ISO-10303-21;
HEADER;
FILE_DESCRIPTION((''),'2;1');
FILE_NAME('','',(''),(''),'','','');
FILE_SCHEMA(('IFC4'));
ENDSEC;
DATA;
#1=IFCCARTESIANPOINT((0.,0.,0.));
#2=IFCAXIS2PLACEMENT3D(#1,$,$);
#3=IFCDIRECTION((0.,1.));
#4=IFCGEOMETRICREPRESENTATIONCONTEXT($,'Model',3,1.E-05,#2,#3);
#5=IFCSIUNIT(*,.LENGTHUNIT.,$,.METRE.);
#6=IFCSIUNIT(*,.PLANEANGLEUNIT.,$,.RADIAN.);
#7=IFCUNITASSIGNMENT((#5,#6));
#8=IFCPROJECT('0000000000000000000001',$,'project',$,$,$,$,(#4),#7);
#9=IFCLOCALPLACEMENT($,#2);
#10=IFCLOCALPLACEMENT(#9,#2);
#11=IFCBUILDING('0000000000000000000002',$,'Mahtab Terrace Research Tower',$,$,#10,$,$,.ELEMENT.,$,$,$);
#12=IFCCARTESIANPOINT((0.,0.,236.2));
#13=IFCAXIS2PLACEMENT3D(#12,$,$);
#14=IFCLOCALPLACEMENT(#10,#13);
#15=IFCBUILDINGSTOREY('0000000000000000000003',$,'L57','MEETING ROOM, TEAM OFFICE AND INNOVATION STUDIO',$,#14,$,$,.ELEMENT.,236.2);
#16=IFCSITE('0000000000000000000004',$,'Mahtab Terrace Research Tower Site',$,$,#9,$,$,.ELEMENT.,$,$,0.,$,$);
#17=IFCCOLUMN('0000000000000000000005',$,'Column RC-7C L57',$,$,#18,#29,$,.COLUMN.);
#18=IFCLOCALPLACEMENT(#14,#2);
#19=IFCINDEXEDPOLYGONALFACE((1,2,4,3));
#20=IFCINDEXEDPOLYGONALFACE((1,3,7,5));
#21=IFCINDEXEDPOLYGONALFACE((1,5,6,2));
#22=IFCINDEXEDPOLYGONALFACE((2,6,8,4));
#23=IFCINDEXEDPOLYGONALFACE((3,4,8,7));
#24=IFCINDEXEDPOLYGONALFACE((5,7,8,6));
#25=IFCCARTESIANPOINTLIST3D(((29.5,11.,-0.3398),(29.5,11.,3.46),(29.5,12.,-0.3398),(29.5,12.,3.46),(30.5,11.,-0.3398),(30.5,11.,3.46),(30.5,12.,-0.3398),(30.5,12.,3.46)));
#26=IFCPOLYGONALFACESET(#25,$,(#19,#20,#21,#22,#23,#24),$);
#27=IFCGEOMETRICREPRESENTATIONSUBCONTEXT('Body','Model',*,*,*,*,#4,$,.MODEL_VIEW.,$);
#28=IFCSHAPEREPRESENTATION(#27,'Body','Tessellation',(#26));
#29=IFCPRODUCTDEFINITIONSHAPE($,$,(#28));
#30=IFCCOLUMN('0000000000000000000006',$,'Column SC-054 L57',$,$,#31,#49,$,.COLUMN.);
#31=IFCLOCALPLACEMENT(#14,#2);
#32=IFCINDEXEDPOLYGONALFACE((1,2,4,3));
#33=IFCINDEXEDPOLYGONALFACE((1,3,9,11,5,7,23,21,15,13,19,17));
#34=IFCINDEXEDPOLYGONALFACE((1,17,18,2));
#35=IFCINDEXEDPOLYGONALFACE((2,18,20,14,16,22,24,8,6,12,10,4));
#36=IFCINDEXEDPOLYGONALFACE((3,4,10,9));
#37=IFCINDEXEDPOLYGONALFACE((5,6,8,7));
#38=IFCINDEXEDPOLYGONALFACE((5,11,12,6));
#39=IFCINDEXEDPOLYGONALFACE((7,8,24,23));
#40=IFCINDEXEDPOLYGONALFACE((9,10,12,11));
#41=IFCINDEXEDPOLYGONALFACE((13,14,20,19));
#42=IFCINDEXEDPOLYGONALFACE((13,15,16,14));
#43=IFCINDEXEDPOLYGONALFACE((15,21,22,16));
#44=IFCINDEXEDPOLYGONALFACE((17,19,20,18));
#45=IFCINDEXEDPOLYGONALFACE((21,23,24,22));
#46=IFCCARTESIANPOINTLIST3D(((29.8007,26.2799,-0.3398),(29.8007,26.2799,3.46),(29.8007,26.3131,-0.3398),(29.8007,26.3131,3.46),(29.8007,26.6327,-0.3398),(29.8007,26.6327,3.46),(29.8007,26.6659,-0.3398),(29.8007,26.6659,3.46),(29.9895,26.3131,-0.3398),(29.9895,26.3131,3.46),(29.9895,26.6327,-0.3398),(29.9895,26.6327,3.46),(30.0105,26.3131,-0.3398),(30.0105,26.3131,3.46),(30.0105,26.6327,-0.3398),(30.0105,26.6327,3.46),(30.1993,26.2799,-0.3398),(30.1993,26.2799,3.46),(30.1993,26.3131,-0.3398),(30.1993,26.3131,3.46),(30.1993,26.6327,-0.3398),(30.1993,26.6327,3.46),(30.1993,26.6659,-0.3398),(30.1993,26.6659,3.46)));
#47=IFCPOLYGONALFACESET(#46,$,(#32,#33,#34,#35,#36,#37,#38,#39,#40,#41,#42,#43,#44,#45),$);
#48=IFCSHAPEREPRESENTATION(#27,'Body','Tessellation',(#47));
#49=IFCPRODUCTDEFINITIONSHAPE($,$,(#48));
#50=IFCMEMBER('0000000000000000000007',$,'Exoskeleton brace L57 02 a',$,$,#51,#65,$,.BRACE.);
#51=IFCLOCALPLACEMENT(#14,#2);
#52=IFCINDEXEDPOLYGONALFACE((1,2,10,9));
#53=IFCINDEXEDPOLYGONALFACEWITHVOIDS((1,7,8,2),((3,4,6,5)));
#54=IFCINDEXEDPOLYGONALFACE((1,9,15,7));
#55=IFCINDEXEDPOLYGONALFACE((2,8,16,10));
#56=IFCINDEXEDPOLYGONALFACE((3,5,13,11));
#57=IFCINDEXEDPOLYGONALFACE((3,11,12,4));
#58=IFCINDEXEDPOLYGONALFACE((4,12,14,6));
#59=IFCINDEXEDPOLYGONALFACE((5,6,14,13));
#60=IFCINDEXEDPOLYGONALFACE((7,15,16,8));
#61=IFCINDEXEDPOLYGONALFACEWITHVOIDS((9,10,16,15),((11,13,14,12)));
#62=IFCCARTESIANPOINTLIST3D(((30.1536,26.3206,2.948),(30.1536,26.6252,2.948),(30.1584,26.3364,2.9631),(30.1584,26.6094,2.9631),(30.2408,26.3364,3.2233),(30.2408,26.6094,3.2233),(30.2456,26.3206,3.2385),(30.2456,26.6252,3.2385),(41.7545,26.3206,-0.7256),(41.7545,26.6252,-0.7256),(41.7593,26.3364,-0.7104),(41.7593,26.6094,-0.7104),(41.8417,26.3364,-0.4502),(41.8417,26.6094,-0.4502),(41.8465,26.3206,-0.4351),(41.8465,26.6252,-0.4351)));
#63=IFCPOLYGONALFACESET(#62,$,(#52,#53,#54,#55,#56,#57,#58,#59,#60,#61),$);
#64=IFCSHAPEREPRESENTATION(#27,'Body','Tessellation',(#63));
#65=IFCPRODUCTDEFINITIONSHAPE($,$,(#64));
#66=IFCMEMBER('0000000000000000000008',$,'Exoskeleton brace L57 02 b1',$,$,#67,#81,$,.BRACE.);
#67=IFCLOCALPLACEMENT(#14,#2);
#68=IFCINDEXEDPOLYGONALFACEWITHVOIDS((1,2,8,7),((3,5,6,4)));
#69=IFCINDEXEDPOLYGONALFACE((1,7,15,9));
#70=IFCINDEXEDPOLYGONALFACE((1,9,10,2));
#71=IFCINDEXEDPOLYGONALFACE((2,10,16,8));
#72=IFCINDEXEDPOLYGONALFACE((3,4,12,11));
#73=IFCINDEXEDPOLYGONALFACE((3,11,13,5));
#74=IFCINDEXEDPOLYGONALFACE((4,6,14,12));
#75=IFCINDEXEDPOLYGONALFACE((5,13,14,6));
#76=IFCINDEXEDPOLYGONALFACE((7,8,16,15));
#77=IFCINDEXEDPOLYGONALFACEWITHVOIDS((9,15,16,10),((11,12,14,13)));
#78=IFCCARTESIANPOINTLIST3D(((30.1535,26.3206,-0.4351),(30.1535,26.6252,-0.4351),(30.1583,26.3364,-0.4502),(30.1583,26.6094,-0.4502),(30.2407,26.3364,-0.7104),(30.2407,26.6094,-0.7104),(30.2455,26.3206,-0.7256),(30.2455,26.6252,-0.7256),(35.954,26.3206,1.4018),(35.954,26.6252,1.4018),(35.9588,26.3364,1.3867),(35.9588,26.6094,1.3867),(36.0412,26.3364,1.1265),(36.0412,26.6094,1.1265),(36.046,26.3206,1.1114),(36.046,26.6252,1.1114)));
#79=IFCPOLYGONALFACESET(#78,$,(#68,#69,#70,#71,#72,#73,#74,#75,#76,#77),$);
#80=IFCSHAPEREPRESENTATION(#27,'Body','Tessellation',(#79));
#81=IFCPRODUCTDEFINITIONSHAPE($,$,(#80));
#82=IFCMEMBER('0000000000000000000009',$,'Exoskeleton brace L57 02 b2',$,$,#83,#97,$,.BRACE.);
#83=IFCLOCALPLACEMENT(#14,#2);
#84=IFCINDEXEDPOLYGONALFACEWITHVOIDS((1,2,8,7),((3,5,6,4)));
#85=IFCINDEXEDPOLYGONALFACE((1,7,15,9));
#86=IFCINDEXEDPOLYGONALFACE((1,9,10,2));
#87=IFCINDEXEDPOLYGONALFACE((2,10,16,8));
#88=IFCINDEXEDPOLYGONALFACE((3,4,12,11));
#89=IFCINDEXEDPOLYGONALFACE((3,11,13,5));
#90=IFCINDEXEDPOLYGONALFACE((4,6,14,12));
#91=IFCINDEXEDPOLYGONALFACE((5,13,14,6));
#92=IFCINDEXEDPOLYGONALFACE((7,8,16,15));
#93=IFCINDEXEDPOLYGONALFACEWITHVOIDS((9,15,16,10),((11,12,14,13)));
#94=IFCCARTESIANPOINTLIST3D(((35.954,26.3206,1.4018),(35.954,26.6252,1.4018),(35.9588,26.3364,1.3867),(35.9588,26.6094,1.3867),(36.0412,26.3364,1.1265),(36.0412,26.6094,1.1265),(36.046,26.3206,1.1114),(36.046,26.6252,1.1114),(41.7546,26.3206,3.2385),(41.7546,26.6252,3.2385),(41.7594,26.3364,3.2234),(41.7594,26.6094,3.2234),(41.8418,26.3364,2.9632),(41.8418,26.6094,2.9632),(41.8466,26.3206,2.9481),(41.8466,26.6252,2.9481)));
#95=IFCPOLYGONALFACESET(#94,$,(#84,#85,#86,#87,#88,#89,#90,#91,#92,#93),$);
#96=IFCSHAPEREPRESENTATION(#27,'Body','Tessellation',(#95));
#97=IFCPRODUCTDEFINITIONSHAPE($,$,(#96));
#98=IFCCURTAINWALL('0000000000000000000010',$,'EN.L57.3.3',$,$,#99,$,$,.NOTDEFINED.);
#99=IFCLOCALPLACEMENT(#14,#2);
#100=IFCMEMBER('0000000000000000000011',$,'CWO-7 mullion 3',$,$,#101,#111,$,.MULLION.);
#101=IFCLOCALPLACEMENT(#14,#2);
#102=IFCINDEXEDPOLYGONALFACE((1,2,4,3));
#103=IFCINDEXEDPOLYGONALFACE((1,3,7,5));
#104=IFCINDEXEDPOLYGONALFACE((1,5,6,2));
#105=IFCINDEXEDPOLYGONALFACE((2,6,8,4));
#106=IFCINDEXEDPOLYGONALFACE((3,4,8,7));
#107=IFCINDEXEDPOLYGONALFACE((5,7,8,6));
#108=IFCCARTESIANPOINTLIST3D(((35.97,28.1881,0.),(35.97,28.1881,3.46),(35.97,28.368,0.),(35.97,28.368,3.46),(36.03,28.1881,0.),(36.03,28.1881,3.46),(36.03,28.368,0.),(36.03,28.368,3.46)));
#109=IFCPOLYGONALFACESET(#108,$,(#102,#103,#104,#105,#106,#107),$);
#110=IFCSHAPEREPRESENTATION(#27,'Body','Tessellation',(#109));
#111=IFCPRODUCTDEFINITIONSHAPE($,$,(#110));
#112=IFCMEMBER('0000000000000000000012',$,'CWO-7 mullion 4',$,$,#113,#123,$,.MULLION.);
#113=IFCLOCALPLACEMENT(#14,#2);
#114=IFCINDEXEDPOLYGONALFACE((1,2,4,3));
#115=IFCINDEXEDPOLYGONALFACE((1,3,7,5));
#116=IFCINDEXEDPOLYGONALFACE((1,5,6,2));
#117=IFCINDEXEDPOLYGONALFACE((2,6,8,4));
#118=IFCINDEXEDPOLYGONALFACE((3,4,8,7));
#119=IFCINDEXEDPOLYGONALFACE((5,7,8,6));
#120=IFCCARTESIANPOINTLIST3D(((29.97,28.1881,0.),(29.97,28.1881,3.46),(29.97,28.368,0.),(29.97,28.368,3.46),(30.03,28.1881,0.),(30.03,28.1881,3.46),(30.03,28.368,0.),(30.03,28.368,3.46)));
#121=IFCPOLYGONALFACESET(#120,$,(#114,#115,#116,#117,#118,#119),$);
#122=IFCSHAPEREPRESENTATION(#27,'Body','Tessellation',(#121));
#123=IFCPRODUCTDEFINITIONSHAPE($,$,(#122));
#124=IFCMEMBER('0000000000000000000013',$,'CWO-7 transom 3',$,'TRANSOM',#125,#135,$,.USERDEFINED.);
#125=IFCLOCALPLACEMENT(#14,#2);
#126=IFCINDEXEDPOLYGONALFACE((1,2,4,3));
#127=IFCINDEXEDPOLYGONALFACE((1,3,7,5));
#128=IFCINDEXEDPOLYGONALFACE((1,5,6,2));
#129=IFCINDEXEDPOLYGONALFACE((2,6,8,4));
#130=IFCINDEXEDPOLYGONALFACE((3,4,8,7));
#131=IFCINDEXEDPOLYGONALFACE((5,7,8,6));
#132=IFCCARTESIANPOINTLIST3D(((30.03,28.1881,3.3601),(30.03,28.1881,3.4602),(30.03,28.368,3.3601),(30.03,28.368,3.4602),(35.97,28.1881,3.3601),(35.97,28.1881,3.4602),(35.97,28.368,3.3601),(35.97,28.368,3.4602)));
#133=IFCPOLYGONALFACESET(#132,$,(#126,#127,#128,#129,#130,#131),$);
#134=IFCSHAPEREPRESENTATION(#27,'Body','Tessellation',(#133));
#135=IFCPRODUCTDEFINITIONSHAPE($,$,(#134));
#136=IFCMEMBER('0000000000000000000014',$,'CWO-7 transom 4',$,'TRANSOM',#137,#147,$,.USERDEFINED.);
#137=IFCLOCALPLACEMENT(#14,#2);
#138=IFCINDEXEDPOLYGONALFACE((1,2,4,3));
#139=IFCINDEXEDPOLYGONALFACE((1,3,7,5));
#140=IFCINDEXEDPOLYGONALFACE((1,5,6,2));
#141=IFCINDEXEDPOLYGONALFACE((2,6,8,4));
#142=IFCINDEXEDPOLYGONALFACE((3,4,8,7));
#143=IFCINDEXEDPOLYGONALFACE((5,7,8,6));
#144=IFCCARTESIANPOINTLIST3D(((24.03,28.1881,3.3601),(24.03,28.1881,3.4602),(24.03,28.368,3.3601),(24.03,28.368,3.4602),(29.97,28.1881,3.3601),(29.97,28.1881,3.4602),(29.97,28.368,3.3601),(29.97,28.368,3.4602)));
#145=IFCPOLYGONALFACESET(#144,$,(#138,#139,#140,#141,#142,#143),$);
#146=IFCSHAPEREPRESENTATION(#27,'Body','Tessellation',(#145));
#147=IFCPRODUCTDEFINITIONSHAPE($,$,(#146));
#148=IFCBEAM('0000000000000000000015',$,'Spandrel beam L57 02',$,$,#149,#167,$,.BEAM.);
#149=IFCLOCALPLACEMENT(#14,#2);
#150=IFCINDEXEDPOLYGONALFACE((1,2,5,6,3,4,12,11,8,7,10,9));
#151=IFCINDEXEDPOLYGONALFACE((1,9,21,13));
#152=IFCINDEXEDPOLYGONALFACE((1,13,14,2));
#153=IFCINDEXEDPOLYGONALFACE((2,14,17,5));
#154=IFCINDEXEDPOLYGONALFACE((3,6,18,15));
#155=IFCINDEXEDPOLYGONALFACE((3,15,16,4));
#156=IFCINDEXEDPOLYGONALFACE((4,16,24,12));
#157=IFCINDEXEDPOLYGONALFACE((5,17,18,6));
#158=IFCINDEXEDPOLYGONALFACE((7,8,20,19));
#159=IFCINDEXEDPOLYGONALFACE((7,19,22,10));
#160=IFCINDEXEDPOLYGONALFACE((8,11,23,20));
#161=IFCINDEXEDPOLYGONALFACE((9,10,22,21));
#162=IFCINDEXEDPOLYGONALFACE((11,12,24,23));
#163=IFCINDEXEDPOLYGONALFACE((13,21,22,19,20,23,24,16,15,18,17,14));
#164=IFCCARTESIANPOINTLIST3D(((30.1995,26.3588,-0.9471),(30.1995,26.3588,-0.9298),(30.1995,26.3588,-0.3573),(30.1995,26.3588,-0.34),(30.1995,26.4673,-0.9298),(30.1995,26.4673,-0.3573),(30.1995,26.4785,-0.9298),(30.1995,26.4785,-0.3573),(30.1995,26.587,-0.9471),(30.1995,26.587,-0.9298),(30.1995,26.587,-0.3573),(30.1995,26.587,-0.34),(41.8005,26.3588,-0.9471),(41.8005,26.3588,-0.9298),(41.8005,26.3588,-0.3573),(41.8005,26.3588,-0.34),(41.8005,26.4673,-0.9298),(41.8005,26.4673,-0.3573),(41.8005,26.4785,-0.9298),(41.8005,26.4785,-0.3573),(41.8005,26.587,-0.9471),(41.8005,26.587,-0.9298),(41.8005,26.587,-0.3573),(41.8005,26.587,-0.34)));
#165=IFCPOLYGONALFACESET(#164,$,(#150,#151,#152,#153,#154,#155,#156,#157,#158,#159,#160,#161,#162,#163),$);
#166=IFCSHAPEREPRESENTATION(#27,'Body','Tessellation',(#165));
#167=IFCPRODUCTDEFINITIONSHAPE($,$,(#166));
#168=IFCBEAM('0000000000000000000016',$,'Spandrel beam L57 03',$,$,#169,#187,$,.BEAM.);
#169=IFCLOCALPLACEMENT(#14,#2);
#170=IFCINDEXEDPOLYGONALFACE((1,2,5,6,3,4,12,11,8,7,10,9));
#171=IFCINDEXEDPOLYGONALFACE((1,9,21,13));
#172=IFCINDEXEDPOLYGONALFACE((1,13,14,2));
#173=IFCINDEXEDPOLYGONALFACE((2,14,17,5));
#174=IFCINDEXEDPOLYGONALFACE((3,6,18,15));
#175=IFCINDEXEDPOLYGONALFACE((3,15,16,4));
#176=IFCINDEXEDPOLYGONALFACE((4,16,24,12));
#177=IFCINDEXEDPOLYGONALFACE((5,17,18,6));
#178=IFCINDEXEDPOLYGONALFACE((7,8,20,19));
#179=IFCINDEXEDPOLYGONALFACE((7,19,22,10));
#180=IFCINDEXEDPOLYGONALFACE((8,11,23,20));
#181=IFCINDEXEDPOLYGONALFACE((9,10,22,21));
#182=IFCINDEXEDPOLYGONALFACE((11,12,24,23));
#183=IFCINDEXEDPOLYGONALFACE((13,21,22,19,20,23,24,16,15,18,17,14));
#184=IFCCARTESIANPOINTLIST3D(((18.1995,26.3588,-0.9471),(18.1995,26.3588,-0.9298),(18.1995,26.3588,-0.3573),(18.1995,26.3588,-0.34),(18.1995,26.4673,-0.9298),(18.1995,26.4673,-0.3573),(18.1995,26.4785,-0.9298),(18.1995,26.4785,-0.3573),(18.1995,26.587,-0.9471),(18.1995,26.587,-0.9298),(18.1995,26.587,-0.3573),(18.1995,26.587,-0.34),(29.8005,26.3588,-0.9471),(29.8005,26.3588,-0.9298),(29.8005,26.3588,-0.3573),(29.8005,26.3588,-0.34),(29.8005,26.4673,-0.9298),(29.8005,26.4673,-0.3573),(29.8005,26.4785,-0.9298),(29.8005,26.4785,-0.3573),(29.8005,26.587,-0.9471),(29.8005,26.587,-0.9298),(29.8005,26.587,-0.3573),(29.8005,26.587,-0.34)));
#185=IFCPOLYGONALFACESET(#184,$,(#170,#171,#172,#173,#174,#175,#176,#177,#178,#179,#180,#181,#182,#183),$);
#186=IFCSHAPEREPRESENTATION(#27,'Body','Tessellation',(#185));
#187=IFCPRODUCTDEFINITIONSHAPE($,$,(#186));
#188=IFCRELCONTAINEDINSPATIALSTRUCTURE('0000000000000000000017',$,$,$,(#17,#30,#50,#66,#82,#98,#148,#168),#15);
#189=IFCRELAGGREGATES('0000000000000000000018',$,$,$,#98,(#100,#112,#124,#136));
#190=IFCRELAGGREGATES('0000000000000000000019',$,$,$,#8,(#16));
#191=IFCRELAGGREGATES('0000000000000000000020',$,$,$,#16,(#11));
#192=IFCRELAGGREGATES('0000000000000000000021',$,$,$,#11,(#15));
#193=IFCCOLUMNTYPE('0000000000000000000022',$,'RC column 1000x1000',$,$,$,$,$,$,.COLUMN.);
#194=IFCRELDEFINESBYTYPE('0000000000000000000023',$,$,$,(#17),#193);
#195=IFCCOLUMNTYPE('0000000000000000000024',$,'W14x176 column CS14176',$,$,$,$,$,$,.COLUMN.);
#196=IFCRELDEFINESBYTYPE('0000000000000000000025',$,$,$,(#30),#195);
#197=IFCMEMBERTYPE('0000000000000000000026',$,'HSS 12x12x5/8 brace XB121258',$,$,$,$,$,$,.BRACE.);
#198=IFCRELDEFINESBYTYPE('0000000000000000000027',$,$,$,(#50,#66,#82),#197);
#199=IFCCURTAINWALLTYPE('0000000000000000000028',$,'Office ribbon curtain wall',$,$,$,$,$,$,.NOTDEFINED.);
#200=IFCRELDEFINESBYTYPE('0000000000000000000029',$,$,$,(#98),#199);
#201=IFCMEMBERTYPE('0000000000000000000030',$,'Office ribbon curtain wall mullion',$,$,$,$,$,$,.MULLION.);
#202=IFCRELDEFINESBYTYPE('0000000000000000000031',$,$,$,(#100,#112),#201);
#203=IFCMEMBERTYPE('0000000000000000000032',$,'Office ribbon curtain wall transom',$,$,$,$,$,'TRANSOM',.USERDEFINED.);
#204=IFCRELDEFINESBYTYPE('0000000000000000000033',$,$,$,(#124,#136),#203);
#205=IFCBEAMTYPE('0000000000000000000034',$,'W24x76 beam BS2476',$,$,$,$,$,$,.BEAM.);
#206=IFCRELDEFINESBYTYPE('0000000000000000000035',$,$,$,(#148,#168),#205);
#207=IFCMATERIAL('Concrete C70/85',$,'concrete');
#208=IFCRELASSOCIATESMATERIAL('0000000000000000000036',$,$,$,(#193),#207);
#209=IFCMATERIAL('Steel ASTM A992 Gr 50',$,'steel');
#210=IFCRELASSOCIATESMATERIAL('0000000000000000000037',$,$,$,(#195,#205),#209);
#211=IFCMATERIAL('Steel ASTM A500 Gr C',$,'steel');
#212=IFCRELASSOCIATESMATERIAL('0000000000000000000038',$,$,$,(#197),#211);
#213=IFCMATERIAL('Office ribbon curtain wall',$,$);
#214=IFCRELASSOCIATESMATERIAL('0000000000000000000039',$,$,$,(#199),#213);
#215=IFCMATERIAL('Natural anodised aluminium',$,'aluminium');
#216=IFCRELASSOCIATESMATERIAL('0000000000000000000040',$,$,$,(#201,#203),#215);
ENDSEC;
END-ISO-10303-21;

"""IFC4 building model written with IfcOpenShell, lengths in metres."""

from ifc_helpers import new_model, si_unit, direction, frame, origin, origin_2d, place, context, subcontext, project, spatial, rectangle, hollow_rectangle, i_section, extrude, material, material_profile, profile_set, type_object, element, aggregate, save


model = new_model("IFC4")

# Units and contexts
model_context = context("Model", 3, precision=1e-05, world=origin(), true_north=direction((0.0, 1.0)))
body_context = subcontext(model_context, "Body", "Model", "MODEL_VIEW")
ifc_project = project(units=[si_unit("LENGTHUNIT", "METRE"), si_unit("PLANEANGLEUNIT", "RADIAN")], contexts=[model_context])

# Site, building, storey
site_placement = place(None, origin())
site = spatial("IfcSite", under=ifc_project, at=site_placement, Name="Mahtab Terrace Research Tower Site", CompositionType="ELEMENT", RefElevation=0.0)
building_placement = place(site_placement, origin())
building = spatial("IfcBuilding", under=site, at=building_placement, Name="Mahtab Terrace Research Tower", CompositionType="ELEMENT")
storey_placement = place(building_placement, frame((0.0, 0.0, 236.2)))
storey = spatial("IfcBuildingStorey", under=building, at=storey_placement, Name="L57", Description="MEETING ROOM, TEAM OFFICE AND INNOVATION STUDIO", CompositionType="ELEMENT", Elevation=236.2)

# Columns
ifc_material_1 = material(Name="Concrete C70/85", Category="concrete")
ifc_material_profile_1 = material_profile(ifc_material_1, rectangle(XDim=1.0, YDim=1.0, at=origin_2d()), Name="RC column 1000x1000")
ifc_profile_set_1 = profile_set([ifc_material_profile_1], Name="Concrete C70/85")
column_type_1 = type_object("IfcColumnType", Name="RC column 1000x1000", PredefinedType="COLUMN", material=ifc_profile_set_1)
column_1_placement = place(storey_placement, frame((30.0, 11.5, -0.3398), z_axis=(0.0, 0.0, 1.0), x_axis=(1.0, 0.0, 0.0)))
element("IfcColumn", 1, at=column_1_placement, inside=storey, type_object=column_type_1, Name="Column RC-7C L57", PredefinedType="COLUMN", context=body_context, shape_type="SweptSolid", body=[
    extrude(rectangle(XDim=1.0, YDim=1.0, at=origin_2d()), origin(), (0.0, 0.0, 1.0), 3.7998),
])
ifc_material_2 = material(Name="Steel ASTM A992 Gr 50", Category="steel")
ifc_material_profile_2 = material_profile(ifc_material_2, i_section(OverallWidth=0.3987, OverallDepth=0.386, WebThickness=0.021, FlangeThickness=0.0332, at=origin_2d()), Name="W14X176")
ifc_profile_set_2 = profile_set([ifc_material_profile_2], Name="Steel ASTM A992 Gr 50")
column_type_2 = type_object("IfcColumnType", Name="W14x176 column CS14176", PredefinedType="COLUMN", material=ifc_profile_set_2)
column_2_placement = place(storey_placement, frame((30.0, 26.4729, -0.3398), z_axis=(0.0, 0.0, 1.0), x_axis=(1.0, 0.0, 0.0)))
element("IfcColumn", 2, at=column_2_placement, inside=storey, type_object=column_type_2, Name="Column SC-054 L57", PredefinedType="COLUMN", context=body_context, shape_type="SweptSolid", body=[
    extrude(i_section(OverallWidth=0.3987, OverallDepth=0.386, WebThickness=0.021, FlangeThickness=0.0332, at=origin_2d()), origin(), (0.0, 0.0, 1.0), 3.7998),
])

# Members
ifc_material_3 = material(Name="Steel ASTM A500 Gr C", Category="steel")
ifc_material_profile_3 = material_profile(ifc_material_3, hollow_rectangle(XDim=0.3047, YDim=0.3047, WallThickness=0.0159, at=origin_2d()), Name="HSS12X12X5/8")
ifc_profile_set_3 = profile_set([ifc_material_profile_3], Name="Steel ASTM A500 Gr C")
member_type_1 = type_object("IfcMemberType", Name="HSS 12x12x5/8 brace XB121258", PredefinedType="BRACE", material=ifc_profile_set_3)
member_1_placement = place(storey_placement, frame((41.8005, 26.4729, -0.5803), z_axis=(-0.953344, 0.0, 0.301885), x_axis=(0.0, -1.0, 0.0)))
element("IfcMember", 3, at=member_1_placement, inside=storey, type_object=member_type_1, Name="Exoskeleton brace L57 02 a", PredefinedType="BRACE", context=body_context, shape_type="SweptSolid", body=[
    extrude(hollow_rectangle(XDim=0.3047, YDim=0.3047, WallThickness=0.0159, at=origin_2d()), origin(), (0.0, 0.0, 1.0), 12.1687),
])
for number, where, z_axis, x_axis, name in (
    (4, (30.1995, 26.4729, -0.5803), (0.953339, 0.0, 0.301903), (0.0, 1.0, 0.0), "Exoskeleton brace L57 02 b1"),
    (5, (36.0, 26.4729, 1.2566), (0.95335, 0.0, 0.301867), (0.0, 1.0, 0.0), "Exoskeleton brace L57 02 b2"),
):
    element("IfcMember", number, at=place(storey_placement, frame(where, z_axis=z_axis, x_axis=x_axis)), inside=storey, type_object=member_type_1, Name=name, PredefinedType="BRACE", context=body_context, shape_type="SweptSolid", body=[
        extrude(hollow_rectangle(XDim=0.3047, YDim=0.3047, WallThickness=0.0159, at=origin_2d()), origin(), (0.0, 0.0, 1.0), 6.0845),
    ])

# Curtain wall, members
ifc_material_4 = material(Name="Office ribbon curtain wall")
curtain_wall_type = type_object("IfcCurtainWallType", Name="Office ribbon curtain wall", PredefinedType="NOTDEFINED", material=ifc_material_4)
curtain_wall_placement = place(storey_placement, origin())
curtain_wall = element("IfcCurtainWall", 6, at=curtain_wall_placement, inside=storey, type_object=curtain_wall_type, Name="EN.L57.3.3", PredefinedType="NOTDEFINED")
ifc_material_5 = material(Name="Natural anodised aluminium", Category="aluminium")
ifc_material_profile_4 = material_profile(ifc_material_5, rectangle(XDim=0.1799, YDim=0.0601, at=origin_2d()), Name="MULLION 60x180")
ifc_profile_set_4 = profile_set([ifc_material_profile_4], Name="Natural anodised aluminium")
member_type_2 = type_object("IfcMemberType", Name="Office ribbon curtain wall mullion", PredefinedType="MULLION", material=ifc_profile_set_4)
member_2_placement = place(storey_placement, frame((36.0, 28.2781, 0.0), z_axis=(0.0, 0.0, 1.0), x_axis=(0.0, -1.0, 0.0)))
member_2 = element("IfcMember", 7, at=member_2_placement, type_object=member_type_2, Name="CWO-7 mullion 3", PredefinedType="MULLION", context=body_context, shape_type="SweptSolid", body=[
    extrude(rectangle(XDim=0.1799, YDim=0.0601, at=origin_2d()), origin(), (0.0, 0.0, 1.0), 3.46),
])
member_3_placement = place(storey_placement, frame((30.0, 28.2781, 0.0), z_axis=(0.0, 0.0, 1.0), x_axis=(0.0, -1.0, 0.0)))
member_3 = element("IfcMember", 8, at=member_3_placement, type_object=member_type_2, Name="CWO-7 mullion 4", PredefinedType="MULLION", context=body_context, shape_type="SweptSolid", body=[
    extrude(rectangle(XDim=0.1799, YDim=0.0601, at=origin_2d()), origin(), (0.0, 0.0, 1.0), 3.46),
])
ifc_material_profile_5 = material_profile(ifc_material_5, rectangle(XDim=0.1799, YDim=0.1001, at=origin_2d()), Name="TRANSOM 100x180")
ifc_profile_set_5 = profile_set([ifc_material_profile_5], Name="Natural anodised aluminium")
member_type_3 = type_object("IfcMemberType", Name="Office ribbon curtain wall transom", ElementType="TRANSOM", PredefinedType="USERDEFINED", material=ifc_profile_set_5)
member_4_placement = place(storey_placement, frame((35.97, 28.2781, 3.4102), z_axis=(-1.0, 0.0, 0.0), x_axis=(0.0, -1.0, 0.0)))
member_4 = element("IfcMember", 9, at=member_4_placement, type_object=member_type_3, Name="CWO-7 transom 3", ObjectType="TRANSOM", PredefinedType="USERDEFINED", context=body_context, shape_type="SweptSolid", body=[
    extrude(rectangle(XDim=0.1799, YDim=0.1001, at=origin_2d()), origin(), (0.0, 0.0, 1.0), 5.9399),
])
member_5_placement = place(storey_placement, frame((29.97, 28.2781, 3.4102), z_axis=(-1.0, 0.0, 0.0), x_axis=(0.0, -1.0, 0.0)))
member_5 = element("IfcMember", 10, at=member_5_placement, type_object=member_type_3, Name="CWO-7 transom 4", ObjectType="TRANSOM", PredefinedType="USERDEFINED", context=body_context, shape_type="SweptSolid", body=[
    extrude(rectangle(XDim=0.1799, YDim=0.1001, at=origin_2d()), origin(), (0.0, 0.0, 1.0), 5.9399),
])

# Beams
ifc_material_profile_6 = material_profile(ifc_material_2, i_section(OverallWidth=0.2283, OverallDepth=0.6072, WebThickness=0.0112, FlangeThickness=0.0173, at=origin_2d()), Name="W24X76")
ifc_profile_set_6 = profile_set([ifc_material_profile_6], Name="Steel ASTM A992 Gr 50")
beam_type = type_object("IfcBeamType", Name="W24x76 beam BS2476", PredefinedType="BEAM", material=ifc_profile_set_6)
for number, where, z_axis, x_axis, name in (
    (11, (41.8005, 26.4729, -0.6436), (-1.0, 0.0, 0.0), (0.0, -1.0, 0.0), "Spandrel beam L57 02"),
    (12, (29.8005, 26.4729, -0.6436), (-1.0, 0.0, 0.0), (0.0, -1.0, 0.0), "Spandrel beam L57 03"),
):
    element("IfcBeam", number, at=place(storey_placement, frame(where, z_axis=z_axis, x_axis=x_axis)), inside=storey, type_object=beam_type, Name=name, PredefinedType="BEAM", context=body_context, shape_type="SweptSolid", body=[
        extrude(i_section(OverallWidth=0.2283, OverallDepth=0.6072, WebThickness=0.0112, FlangeThickness=0.0173, at=origin_2d()), origin(), (0.0, 0.0, 1.0), 11.6011),
    ])

aggregate(curtain_wall, [member_2, member_3, member_4, member_5])

save(model, "model.ifc")
